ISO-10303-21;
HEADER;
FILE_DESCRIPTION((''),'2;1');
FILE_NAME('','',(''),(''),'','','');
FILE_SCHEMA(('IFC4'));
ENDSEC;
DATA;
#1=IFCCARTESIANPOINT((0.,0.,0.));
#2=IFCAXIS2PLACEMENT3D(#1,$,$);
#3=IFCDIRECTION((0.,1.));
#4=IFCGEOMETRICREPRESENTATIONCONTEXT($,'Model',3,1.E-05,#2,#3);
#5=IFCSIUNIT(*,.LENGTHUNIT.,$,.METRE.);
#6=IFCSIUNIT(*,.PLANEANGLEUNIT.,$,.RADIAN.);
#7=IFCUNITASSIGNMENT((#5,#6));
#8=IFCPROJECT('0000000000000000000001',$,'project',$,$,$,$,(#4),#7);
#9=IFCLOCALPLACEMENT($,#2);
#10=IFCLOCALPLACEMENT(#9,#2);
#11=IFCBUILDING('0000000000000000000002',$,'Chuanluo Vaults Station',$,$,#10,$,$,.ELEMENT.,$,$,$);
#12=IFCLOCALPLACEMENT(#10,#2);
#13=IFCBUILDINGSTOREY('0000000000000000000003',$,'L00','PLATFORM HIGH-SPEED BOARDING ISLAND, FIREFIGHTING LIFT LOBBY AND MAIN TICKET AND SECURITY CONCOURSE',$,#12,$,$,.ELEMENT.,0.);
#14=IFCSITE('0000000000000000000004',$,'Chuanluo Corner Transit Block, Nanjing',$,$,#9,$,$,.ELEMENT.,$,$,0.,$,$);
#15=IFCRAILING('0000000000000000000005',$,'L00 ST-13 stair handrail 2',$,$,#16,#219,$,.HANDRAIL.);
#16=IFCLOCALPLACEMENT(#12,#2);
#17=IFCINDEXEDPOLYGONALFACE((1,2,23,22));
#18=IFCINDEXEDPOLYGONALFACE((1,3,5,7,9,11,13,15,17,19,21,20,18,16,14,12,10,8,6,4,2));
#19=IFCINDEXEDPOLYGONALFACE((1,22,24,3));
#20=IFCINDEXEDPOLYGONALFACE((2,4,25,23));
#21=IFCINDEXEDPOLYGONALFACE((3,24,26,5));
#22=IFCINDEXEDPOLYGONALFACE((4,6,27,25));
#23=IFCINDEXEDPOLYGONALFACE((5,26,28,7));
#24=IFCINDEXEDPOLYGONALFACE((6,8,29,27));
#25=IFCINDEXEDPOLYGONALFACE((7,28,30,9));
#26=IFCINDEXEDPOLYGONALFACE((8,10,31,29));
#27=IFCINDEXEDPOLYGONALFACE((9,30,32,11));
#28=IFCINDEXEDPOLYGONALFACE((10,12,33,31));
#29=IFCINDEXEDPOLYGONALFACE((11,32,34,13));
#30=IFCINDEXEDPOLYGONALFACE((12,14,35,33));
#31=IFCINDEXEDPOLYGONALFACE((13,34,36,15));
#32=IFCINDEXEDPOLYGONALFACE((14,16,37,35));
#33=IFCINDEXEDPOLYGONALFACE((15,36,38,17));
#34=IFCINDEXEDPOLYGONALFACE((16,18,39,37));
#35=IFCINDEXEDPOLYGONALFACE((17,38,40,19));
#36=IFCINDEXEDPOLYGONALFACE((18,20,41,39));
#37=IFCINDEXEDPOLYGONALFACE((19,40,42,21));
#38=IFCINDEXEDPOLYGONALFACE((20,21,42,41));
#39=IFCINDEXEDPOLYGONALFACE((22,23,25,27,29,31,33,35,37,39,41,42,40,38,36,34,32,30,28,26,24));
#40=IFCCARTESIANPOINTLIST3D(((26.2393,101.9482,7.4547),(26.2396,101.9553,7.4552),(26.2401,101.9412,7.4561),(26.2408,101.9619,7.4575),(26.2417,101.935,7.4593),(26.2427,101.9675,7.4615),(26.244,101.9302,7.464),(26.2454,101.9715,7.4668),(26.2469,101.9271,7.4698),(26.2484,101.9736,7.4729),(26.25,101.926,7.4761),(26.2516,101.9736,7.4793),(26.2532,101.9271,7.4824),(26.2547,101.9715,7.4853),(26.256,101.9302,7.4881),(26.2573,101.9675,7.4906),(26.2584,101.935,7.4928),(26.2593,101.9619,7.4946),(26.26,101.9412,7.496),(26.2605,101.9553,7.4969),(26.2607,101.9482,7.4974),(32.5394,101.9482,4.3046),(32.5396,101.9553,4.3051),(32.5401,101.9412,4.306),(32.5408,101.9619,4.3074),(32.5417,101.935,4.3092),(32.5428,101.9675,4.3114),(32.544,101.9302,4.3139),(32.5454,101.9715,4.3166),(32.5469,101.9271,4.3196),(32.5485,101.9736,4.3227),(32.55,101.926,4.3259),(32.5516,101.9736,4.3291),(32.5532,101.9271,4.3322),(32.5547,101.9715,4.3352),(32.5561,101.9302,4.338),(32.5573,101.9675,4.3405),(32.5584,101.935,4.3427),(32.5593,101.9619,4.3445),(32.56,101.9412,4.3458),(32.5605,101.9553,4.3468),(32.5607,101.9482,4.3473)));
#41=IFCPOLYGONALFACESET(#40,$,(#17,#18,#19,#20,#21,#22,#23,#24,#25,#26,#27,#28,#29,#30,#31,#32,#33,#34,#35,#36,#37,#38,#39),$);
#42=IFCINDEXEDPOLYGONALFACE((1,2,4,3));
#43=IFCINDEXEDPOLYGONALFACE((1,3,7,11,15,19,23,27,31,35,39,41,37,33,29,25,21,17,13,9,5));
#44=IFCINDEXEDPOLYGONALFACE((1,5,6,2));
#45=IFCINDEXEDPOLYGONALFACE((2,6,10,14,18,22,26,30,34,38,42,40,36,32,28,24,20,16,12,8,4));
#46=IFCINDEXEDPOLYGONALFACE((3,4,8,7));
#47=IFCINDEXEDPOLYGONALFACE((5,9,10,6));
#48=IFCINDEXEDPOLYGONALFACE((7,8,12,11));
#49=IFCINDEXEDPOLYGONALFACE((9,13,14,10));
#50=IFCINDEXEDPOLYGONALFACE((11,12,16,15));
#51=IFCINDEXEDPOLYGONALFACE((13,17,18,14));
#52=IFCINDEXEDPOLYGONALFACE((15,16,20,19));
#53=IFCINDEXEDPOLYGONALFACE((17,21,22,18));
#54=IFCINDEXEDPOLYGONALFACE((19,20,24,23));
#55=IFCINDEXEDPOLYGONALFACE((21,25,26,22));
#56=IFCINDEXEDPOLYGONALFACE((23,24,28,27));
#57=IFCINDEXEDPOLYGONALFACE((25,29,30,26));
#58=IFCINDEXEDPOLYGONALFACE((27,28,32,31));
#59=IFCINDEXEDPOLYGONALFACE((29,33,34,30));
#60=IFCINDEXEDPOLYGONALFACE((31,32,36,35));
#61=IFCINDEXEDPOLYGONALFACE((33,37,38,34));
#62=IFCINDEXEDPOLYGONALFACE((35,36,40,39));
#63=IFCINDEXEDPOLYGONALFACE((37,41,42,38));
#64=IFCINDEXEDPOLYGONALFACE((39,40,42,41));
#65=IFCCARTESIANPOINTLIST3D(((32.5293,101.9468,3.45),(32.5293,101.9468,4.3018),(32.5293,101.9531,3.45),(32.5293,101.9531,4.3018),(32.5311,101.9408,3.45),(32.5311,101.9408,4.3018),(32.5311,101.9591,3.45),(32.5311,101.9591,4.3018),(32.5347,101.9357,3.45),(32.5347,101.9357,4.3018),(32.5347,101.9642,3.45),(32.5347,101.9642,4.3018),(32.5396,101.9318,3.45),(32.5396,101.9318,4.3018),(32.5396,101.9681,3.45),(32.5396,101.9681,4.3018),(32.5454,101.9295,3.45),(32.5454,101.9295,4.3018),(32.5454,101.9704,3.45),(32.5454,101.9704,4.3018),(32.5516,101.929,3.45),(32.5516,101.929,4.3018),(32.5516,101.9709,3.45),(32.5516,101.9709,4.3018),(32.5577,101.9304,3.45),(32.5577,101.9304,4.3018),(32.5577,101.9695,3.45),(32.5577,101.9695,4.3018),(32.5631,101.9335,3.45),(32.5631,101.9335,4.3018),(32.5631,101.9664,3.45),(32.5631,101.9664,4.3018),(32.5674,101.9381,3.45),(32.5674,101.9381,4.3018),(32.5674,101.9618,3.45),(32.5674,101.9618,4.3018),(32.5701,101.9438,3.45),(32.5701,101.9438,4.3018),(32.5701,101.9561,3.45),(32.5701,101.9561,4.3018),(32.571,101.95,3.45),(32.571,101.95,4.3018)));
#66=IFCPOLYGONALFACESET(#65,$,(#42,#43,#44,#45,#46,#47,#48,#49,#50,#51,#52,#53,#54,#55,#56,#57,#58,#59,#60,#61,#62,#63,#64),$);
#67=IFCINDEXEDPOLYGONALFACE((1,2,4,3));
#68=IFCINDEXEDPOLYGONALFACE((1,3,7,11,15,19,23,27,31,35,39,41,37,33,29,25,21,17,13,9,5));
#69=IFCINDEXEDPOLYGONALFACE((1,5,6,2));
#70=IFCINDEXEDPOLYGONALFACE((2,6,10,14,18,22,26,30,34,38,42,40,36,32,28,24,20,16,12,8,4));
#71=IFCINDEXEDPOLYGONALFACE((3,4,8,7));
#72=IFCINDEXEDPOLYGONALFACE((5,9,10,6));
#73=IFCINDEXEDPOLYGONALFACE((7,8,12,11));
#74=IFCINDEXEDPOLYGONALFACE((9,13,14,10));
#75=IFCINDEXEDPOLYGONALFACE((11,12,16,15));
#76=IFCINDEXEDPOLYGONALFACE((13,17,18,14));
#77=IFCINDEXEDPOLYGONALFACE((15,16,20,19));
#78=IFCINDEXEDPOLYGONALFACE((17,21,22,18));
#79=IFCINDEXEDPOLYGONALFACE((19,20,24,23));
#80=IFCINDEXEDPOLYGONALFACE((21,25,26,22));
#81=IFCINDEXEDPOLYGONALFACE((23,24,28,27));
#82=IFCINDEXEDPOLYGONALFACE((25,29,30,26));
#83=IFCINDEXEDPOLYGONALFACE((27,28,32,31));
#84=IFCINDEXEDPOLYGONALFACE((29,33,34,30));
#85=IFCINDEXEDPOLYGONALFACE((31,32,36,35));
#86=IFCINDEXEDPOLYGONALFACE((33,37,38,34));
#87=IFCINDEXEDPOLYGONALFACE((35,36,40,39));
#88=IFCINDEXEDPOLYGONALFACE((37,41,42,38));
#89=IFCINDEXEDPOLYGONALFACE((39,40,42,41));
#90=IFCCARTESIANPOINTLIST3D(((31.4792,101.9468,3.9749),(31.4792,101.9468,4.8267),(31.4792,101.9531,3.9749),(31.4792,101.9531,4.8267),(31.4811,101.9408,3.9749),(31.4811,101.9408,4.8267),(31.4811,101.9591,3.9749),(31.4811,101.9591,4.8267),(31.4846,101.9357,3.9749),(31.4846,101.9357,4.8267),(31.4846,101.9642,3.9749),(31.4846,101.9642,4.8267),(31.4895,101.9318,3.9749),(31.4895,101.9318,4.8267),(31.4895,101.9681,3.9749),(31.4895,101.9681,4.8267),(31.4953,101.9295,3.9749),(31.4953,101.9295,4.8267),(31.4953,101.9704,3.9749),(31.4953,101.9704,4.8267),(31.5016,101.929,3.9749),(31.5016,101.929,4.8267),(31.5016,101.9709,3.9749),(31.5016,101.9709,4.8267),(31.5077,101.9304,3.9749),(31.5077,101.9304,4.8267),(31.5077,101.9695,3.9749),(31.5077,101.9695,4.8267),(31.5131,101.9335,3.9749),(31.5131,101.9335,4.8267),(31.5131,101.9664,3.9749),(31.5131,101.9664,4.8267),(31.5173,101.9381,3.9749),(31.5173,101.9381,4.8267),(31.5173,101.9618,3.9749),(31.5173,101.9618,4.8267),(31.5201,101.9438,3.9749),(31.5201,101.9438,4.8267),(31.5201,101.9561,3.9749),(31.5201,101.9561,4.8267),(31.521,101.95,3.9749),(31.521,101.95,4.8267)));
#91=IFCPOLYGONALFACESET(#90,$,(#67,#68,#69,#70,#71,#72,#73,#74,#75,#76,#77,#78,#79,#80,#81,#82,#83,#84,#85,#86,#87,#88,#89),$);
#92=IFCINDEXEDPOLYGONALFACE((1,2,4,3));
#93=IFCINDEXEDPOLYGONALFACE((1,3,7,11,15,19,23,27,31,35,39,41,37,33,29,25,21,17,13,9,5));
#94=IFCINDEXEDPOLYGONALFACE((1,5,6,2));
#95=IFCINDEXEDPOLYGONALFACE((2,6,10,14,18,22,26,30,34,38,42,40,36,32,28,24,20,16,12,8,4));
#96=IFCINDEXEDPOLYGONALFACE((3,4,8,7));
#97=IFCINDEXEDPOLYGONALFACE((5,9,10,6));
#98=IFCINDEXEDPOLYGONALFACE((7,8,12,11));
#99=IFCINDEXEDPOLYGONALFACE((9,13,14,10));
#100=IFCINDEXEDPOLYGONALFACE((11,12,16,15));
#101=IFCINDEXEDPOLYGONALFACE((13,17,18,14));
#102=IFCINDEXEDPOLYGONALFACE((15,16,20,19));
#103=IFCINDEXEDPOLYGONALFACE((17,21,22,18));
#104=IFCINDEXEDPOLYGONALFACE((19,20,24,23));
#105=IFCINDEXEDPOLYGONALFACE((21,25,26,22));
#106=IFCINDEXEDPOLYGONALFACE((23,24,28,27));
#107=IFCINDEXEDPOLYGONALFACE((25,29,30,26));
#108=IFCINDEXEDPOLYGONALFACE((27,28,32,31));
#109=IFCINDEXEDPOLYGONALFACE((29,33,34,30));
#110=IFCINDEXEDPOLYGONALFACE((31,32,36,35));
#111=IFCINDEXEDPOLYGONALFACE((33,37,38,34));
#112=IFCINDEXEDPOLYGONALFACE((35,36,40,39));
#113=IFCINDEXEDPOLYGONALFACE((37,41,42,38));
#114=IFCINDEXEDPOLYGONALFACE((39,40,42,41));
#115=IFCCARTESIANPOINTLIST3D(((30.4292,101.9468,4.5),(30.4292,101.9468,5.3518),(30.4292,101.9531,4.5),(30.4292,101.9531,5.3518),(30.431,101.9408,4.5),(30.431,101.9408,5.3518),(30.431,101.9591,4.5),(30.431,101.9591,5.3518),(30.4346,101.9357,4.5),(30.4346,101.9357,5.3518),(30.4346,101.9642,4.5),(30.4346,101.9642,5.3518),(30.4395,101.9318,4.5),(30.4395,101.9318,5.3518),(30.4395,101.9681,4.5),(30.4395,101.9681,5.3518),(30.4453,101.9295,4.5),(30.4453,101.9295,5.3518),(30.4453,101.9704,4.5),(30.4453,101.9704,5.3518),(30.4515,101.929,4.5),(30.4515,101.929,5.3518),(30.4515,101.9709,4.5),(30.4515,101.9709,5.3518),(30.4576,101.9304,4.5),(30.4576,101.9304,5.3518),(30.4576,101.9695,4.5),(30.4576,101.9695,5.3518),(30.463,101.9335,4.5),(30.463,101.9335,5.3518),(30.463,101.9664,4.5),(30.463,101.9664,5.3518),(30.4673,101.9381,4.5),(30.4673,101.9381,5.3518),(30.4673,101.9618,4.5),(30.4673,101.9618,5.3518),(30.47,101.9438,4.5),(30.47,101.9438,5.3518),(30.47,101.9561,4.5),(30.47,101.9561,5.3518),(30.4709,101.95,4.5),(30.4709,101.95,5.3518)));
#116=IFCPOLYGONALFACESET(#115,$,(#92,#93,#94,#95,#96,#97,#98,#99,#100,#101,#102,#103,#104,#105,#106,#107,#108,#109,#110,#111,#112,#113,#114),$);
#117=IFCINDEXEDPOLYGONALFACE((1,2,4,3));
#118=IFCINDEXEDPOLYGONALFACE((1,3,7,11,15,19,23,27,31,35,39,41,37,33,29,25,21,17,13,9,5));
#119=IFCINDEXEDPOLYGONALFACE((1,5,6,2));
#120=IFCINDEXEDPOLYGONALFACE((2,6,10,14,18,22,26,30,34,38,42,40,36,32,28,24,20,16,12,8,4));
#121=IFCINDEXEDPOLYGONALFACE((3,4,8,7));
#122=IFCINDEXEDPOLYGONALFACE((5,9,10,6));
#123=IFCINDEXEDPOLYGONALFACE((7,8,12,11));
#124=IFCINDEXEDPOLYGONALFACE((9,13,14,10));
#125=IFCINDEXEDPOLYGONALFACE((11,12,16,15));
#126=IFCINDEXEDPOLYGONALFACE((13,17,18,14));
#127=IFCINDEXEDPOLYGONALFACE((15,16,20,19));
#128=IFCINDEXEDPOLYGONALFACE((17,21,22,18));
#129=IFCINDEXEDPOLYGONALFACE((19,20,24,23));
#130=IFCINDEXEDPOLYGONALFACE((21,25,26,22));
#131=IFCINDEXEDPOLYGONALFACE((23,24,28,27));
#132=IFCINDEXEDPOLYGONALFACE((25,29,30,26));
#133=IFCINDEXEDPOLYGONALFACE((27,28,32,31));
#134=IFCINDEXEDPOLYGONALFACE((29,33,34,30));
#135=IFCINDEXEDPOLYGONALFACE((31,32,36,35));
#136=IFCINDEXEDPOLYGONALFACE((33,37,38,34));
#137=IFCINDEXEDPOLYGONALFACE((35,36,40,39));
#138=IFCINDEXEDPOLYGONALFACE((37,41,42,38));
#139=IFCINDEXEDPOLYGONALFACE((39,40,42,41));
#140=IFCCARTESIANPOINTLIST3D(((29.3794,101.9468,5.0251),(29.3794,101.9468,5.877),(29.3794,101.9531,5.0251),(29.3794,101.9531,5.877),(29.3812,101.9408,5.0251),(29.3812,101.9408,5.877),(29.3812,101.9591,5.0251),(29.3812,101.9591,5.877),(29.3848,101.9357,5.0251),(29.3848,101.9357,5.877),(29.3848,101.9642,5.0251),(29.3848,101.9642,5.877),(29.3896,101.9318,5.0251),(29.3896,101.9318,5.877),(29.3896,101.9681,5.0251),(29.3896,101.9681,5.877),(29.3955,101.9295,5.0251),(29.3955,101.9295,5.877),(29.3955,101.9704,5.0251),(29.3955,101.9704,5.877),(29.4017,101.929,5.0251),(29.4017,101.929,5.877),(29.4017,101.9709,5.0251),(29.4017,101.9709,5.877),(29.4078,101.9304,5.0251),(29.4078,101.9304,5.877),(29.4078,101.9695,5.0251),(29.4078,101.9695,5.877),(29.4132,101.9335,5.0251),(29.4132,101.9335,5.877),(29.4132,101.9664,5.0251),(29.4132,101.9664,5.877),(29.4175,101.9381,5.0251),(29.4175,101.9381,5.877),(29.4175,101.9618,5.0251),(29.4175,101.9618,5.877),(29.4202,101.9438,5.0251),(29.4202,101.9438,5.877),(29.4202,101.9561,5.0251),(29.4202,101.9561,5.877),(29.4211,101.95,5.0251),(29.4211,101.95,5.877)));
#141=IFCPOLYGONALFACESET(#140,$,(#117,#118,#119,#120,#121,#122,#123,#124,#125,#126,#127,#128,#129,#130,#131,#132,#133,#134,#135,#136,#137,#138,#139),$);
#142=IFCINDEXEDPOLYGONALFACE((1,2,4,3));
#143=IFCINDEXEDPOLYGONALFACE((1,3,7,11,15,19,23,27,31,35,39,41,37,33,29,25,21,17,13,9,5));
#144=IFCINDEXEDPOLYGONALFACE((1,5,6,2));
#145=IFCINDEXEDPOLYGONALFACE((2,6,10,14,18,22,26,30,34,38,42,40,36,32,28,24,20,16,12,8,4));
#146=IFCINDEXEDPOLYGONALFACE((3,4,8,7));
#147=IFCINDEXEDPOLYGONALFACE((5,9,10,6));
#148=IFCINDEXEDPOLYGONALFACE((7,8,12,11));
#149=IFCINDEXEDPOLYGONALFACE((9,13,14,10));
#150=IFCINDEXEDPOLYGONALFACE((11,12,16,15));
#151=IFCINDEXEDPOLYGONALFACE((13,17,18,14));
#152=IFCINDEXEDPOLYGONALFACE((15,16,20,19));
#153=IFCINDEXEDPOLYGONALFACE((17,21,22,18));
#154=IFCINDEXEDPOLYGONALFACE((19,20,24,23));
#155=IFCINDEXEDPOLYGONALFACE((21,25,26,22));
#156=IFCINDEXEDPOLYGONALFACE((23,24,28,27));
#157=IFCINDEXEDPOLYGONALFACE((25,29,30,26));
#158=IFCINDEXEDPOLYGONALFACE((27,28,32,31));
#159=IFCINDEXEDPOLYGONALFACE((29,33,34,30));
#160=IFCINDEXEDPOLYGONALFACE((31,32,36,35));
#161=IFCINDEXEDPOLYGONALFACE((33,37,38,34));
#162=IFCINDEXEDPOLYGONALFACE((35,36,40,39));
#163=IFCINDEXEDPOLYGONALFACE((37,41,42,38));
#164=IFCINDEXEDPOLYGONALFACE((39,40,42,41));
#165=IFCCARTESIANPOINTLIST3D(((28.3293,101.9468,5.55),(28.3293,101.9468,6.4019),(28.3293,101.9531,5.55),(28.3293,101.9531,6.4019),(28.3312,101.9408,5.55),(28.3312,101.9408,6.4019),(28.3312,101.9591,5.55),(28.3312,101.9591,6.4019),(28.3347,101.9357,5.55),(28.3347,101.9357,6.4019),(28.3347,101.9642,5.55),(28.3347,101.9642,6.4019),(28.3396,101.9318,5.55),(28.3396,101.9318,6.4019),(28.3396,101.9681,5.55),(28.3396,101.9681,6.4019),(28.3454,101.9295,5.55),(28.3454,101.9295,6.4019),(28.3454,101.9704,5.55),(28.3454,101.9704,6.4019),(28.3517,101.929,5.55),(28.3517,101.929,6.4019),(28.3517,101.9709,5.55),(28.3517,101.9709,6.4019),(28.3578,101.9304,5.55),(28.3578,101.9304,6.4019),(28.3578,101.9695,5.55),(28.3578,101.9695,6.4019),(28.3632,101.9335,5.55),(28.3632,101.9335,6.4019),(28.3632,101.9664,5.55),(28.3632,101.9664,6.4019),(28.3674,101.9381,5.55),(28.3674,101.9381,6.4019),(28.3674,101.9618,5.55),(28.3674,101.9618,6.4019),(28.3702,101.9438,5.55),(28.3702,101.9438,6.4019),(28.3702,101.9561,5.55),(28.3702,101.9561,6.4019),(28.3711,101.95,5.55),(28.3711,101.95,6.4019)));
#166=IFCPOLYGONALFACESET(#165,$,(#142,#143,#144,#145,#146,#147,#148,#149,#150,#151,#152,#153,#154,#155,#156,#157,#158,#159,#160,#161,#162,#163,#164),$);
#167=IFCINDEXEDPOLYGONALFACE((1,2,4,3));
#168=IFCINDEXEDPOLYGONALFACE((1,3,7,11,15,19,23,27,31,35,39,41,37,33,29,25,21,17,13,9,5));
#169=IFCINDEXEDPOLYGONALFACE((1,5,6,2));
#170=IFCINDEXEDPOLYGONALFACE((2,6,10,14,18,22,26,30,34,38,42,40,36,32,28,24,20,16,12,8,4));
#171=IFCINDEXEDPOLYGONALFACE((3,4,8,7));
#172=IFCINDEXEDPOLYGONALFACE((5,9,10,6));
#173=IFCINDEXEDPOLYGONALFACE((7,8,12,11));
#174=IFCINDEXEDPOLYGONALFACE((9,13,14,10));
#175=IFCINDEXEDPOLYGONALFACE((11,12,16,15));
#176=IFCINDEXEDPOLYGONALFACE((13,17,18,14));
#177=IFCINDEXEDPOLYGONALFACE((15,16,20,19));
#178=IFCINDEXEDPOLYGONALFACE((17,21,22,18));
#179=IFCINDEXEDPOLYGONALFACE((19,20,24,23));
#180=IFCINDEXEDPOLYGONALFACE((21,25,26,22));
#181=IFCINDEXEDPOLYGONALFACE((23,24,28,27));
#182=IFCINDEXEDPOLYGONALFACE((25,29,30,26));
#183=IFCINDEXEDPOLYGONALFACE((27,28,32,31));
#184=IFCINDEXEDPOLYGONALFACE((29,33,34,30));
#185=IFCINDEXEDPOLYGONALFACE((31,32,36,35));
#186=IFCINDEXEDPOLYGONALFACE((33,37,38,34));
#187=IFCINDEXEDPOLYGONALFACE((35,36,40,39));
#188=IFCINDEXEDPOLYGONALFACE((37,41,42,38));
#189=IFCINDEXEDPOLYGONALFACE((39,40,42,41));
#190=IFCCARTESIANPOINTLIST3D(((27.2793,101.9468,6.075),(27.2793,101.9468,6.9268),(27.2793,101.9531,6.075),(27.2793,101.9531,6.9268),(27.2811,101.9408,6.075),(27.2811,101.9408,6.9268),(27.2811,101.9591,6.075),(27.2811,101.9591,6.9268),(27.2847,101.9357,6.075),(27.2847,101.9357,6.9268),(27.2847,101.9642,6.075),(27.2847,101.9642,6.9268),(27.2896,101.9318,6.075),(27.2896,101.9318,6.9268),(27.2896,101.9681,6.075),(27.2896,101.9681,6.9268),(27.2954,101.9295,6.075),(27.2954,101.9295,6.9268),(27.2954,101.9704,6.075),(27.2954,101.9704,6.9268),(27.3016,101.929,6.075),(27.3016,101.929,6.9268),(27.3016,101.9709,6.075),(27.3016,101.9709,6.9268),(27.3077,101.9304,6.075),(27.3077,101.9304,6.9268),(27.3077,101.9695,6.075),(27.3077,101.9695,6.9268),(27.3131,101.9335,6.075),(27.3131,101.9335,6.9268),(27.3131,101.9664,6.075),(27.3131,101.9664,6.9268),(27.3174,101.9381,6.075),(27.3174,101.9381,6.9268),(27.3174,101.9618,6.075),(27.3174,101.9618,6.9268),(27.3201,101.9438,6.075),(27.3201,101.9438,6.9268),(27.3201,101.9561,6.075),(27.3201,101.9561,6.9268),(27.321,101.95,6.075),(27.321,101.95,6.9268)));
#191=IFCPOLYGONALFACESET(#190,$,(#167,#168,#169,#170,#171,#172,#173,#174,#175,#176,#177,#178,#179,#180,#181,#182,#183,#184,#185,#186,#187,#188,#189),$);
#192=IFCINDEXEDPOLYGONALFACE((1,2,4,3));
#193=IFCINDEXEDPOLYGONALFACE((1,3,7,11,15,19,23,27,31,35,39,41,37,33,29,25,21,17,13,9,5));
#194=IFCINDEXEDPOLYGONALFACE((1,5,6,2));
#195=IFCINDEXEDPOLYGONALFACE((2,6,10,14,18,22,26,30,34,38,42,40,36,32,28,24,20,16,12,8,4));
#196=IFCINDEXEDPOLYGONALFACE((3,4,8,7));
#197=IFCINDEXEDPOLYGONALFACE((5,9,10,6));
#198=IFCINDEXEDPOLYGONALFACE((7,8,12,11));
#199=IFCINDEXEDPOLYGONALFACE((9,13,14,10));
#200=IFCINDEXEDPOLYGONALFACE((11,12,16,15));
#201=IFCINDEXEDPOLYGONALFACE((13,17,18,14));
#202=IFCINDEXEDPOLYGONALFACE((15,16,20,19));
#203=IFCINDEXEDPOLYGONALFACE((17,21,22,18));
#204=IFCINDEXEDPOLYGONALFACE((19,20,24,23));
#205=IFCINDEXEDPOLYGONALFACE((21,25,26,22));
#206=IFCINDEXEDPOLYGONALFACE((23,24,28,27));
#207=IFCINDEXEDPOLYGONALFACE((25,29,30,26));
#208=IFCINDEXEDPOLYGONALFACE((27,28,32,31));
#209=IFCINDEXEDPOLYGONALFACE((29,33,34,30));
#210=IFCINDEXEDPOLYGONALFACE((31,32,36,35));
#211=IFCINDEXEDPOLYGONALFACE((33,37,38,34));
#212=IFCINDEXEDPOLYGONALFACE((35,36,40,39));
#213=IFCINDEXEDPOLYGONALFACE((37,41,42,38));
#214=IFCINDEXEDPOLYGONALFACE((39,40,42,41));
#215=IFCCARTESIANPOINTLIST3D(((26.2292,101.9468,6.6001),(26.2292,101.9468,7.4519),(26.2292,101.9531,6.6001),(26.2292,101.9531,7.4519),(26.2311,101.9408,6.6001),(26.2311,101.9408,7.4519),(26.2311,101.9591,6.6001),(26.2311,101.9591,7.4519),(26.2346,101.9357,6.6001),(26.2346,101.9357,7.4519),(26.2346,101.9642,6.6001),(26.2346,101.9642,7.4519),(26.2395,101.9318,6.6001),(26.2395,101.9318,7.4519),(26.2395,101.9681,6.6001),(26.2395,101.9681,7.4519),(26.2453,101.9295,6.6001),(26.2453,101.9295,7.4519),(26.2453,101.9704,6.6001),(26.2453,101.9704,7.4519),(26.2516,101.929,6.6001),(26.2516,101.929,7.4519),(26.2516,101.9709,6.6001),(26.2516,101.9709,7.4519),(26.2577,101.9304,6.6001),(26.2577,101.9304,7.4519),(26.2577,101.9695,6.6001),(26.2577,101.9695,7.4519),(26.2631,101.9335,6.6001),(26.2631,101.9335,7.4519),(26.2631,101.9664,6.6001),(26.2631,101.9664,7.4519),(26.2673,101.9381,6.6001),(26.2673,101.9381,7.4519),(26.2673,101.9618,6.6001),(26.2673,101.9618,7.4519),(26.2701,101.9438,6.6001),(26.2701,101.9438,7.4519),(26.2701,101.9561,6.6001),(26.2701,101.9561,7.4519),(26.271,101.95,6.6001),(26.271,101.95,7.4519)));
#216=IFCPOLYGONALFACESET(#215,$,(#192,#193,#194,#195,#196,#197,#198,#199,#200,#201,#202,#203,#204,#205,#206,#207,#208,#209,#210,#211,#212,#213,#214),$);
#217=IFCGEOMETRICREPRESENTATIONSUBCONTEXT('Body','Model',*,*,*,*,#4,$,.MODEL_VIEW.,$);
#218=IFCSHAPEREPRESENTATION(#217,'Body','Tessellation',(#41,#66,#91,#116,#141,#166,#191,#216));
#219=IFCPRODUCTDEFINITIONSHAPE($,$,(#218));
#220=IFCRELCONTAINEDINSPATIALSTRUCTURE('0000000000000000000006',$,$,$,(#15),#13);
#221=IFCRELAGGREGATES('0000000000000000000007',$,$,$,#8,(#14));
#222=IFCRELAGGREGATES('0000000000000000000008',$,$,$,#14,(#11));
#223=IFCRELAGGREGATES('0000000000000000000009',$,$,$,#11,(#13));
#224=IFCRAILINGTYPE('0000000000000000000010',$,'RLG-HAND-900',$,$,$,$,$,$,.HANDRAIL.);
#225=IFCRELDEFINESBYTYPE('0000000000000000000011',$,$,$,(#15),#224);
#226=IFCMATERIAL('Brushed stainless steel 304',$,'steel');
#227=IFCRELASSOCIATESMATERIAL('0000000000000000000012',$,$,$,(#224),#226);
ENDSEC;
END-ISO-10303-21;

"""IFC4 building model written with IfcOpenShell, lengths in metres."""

from ifc_helpers import new_model, si_unit, direction, frame, origin, origin_2d, place, context, subcontext, project, spatial, circle, extrude, material, type_object, element, save


model = new_model("IFC4")

# Units and contexts
model_context = context("Model", 3, precision=1e-05, world=origin(), true_north=direction((0.0, 1.0)))
body_context = subcontext(model_context, "Body", "Model", "MODEL_VIEW")
ifc_project = project(units=[si_unit("LENGTHUNIT", "METRE"), si_unit("PLANEANGLEUNIT", "RADIAN")], contexts=[model_context])

# Site, building, storey
site_placement = place(None, origin())
site = spatial("IfcSite", under=ifc_project, at=site_placement, Name="Chuanluo Corner Transit Block, Nanjing", CompositionType="ELEMENT", RefElevation=0.0)
building_placement = place(site_placement, origin())
building = spatial("IfcBuilding", under=site, at=building_placement, Name="Chuanluo Vaults Station", CompositionType="ELEMENT")
storey_placement = place(building_placement, origin())
storey = spatial("IfcBuildingStorey", under=building, at=storey_placement, Name="L00", Description="PLATFORM HIGH-SPEED BOARDING ISLAND, FIREFIGHTING LIFT LOBBY AND MAIN TICKET AND SECURITY CONCOURSE", CompositionType="ELEMENT", Elevation=0.0)

# Railing
ifc_material_1 = material(Name="Brushed stainless steel 304", Category="steel")
railing_type_1 = type_object("IfcRailingType", Name="RLG-HAND-900", PredefinedType="HANDRAIL", material=ifc_material_1)
railing_1_placement = place(storey_placement, frame((32.55, 101.95, 3.45)))
element("IfcRailing", 1, at=railing_1_placement, inside=storey, type_object=railing_type_1, Name="L00 ST-13 stair handrail 2", PredefinedType="HANDRAIL", context=body_context, shape_type="SweptSolid", body=[
    extrude(circle(Radius=0.0239, at=origin_2d()), frame((0.0, 0.0, 0.876), z_axis=(-0.89442, 0.0, 0.447227), x_axis=(0.0, -1.0, 0.0)), (0.0, 0.0, 1.0), 7.0437),
    extrude(circle(Radius=0.021, at=origin_2d()), origin(), (0.0, 0.0, 1.0), 0.8518),
    extrude(circle(Radius=0.021, at=origin_2d()), frame((-1.05, 0.0, 0.5249)), (0.0, 0.0, 1.0), 0.8518),
    extrude(circle(Radius=0.021, at=origin_2d()), frame((-2.1001, 0.0, 1.05)), (0.0, 0.0, 1.0), 0.8518),
    extrude(circle(Radius=0.021, at=origin_2d()), frame((-3.1499, 0.0, 1.5752)), (0.0, 0.0, 1.0), 0.8518),
    extrude(circle(Radius=0.021, at=origin_2d()), frame((-4.2, 0.0, 2.1001)), (0.0, 0.0, 1.0), 0.8518),
    extrude(circle(Radius=0.021, at=origin_2d()), frame((-5.25, 0.0, 2.625)), (0.0, 0.0, 1.0), 0.8518),
    extrude(circle(Radius=0.021, at=origin_2d()), frame((-6.3, 0.0, 3.1501)), (0.0, 0.0, 1.0), 0.8518),
])

save(model, "model.ifc")
